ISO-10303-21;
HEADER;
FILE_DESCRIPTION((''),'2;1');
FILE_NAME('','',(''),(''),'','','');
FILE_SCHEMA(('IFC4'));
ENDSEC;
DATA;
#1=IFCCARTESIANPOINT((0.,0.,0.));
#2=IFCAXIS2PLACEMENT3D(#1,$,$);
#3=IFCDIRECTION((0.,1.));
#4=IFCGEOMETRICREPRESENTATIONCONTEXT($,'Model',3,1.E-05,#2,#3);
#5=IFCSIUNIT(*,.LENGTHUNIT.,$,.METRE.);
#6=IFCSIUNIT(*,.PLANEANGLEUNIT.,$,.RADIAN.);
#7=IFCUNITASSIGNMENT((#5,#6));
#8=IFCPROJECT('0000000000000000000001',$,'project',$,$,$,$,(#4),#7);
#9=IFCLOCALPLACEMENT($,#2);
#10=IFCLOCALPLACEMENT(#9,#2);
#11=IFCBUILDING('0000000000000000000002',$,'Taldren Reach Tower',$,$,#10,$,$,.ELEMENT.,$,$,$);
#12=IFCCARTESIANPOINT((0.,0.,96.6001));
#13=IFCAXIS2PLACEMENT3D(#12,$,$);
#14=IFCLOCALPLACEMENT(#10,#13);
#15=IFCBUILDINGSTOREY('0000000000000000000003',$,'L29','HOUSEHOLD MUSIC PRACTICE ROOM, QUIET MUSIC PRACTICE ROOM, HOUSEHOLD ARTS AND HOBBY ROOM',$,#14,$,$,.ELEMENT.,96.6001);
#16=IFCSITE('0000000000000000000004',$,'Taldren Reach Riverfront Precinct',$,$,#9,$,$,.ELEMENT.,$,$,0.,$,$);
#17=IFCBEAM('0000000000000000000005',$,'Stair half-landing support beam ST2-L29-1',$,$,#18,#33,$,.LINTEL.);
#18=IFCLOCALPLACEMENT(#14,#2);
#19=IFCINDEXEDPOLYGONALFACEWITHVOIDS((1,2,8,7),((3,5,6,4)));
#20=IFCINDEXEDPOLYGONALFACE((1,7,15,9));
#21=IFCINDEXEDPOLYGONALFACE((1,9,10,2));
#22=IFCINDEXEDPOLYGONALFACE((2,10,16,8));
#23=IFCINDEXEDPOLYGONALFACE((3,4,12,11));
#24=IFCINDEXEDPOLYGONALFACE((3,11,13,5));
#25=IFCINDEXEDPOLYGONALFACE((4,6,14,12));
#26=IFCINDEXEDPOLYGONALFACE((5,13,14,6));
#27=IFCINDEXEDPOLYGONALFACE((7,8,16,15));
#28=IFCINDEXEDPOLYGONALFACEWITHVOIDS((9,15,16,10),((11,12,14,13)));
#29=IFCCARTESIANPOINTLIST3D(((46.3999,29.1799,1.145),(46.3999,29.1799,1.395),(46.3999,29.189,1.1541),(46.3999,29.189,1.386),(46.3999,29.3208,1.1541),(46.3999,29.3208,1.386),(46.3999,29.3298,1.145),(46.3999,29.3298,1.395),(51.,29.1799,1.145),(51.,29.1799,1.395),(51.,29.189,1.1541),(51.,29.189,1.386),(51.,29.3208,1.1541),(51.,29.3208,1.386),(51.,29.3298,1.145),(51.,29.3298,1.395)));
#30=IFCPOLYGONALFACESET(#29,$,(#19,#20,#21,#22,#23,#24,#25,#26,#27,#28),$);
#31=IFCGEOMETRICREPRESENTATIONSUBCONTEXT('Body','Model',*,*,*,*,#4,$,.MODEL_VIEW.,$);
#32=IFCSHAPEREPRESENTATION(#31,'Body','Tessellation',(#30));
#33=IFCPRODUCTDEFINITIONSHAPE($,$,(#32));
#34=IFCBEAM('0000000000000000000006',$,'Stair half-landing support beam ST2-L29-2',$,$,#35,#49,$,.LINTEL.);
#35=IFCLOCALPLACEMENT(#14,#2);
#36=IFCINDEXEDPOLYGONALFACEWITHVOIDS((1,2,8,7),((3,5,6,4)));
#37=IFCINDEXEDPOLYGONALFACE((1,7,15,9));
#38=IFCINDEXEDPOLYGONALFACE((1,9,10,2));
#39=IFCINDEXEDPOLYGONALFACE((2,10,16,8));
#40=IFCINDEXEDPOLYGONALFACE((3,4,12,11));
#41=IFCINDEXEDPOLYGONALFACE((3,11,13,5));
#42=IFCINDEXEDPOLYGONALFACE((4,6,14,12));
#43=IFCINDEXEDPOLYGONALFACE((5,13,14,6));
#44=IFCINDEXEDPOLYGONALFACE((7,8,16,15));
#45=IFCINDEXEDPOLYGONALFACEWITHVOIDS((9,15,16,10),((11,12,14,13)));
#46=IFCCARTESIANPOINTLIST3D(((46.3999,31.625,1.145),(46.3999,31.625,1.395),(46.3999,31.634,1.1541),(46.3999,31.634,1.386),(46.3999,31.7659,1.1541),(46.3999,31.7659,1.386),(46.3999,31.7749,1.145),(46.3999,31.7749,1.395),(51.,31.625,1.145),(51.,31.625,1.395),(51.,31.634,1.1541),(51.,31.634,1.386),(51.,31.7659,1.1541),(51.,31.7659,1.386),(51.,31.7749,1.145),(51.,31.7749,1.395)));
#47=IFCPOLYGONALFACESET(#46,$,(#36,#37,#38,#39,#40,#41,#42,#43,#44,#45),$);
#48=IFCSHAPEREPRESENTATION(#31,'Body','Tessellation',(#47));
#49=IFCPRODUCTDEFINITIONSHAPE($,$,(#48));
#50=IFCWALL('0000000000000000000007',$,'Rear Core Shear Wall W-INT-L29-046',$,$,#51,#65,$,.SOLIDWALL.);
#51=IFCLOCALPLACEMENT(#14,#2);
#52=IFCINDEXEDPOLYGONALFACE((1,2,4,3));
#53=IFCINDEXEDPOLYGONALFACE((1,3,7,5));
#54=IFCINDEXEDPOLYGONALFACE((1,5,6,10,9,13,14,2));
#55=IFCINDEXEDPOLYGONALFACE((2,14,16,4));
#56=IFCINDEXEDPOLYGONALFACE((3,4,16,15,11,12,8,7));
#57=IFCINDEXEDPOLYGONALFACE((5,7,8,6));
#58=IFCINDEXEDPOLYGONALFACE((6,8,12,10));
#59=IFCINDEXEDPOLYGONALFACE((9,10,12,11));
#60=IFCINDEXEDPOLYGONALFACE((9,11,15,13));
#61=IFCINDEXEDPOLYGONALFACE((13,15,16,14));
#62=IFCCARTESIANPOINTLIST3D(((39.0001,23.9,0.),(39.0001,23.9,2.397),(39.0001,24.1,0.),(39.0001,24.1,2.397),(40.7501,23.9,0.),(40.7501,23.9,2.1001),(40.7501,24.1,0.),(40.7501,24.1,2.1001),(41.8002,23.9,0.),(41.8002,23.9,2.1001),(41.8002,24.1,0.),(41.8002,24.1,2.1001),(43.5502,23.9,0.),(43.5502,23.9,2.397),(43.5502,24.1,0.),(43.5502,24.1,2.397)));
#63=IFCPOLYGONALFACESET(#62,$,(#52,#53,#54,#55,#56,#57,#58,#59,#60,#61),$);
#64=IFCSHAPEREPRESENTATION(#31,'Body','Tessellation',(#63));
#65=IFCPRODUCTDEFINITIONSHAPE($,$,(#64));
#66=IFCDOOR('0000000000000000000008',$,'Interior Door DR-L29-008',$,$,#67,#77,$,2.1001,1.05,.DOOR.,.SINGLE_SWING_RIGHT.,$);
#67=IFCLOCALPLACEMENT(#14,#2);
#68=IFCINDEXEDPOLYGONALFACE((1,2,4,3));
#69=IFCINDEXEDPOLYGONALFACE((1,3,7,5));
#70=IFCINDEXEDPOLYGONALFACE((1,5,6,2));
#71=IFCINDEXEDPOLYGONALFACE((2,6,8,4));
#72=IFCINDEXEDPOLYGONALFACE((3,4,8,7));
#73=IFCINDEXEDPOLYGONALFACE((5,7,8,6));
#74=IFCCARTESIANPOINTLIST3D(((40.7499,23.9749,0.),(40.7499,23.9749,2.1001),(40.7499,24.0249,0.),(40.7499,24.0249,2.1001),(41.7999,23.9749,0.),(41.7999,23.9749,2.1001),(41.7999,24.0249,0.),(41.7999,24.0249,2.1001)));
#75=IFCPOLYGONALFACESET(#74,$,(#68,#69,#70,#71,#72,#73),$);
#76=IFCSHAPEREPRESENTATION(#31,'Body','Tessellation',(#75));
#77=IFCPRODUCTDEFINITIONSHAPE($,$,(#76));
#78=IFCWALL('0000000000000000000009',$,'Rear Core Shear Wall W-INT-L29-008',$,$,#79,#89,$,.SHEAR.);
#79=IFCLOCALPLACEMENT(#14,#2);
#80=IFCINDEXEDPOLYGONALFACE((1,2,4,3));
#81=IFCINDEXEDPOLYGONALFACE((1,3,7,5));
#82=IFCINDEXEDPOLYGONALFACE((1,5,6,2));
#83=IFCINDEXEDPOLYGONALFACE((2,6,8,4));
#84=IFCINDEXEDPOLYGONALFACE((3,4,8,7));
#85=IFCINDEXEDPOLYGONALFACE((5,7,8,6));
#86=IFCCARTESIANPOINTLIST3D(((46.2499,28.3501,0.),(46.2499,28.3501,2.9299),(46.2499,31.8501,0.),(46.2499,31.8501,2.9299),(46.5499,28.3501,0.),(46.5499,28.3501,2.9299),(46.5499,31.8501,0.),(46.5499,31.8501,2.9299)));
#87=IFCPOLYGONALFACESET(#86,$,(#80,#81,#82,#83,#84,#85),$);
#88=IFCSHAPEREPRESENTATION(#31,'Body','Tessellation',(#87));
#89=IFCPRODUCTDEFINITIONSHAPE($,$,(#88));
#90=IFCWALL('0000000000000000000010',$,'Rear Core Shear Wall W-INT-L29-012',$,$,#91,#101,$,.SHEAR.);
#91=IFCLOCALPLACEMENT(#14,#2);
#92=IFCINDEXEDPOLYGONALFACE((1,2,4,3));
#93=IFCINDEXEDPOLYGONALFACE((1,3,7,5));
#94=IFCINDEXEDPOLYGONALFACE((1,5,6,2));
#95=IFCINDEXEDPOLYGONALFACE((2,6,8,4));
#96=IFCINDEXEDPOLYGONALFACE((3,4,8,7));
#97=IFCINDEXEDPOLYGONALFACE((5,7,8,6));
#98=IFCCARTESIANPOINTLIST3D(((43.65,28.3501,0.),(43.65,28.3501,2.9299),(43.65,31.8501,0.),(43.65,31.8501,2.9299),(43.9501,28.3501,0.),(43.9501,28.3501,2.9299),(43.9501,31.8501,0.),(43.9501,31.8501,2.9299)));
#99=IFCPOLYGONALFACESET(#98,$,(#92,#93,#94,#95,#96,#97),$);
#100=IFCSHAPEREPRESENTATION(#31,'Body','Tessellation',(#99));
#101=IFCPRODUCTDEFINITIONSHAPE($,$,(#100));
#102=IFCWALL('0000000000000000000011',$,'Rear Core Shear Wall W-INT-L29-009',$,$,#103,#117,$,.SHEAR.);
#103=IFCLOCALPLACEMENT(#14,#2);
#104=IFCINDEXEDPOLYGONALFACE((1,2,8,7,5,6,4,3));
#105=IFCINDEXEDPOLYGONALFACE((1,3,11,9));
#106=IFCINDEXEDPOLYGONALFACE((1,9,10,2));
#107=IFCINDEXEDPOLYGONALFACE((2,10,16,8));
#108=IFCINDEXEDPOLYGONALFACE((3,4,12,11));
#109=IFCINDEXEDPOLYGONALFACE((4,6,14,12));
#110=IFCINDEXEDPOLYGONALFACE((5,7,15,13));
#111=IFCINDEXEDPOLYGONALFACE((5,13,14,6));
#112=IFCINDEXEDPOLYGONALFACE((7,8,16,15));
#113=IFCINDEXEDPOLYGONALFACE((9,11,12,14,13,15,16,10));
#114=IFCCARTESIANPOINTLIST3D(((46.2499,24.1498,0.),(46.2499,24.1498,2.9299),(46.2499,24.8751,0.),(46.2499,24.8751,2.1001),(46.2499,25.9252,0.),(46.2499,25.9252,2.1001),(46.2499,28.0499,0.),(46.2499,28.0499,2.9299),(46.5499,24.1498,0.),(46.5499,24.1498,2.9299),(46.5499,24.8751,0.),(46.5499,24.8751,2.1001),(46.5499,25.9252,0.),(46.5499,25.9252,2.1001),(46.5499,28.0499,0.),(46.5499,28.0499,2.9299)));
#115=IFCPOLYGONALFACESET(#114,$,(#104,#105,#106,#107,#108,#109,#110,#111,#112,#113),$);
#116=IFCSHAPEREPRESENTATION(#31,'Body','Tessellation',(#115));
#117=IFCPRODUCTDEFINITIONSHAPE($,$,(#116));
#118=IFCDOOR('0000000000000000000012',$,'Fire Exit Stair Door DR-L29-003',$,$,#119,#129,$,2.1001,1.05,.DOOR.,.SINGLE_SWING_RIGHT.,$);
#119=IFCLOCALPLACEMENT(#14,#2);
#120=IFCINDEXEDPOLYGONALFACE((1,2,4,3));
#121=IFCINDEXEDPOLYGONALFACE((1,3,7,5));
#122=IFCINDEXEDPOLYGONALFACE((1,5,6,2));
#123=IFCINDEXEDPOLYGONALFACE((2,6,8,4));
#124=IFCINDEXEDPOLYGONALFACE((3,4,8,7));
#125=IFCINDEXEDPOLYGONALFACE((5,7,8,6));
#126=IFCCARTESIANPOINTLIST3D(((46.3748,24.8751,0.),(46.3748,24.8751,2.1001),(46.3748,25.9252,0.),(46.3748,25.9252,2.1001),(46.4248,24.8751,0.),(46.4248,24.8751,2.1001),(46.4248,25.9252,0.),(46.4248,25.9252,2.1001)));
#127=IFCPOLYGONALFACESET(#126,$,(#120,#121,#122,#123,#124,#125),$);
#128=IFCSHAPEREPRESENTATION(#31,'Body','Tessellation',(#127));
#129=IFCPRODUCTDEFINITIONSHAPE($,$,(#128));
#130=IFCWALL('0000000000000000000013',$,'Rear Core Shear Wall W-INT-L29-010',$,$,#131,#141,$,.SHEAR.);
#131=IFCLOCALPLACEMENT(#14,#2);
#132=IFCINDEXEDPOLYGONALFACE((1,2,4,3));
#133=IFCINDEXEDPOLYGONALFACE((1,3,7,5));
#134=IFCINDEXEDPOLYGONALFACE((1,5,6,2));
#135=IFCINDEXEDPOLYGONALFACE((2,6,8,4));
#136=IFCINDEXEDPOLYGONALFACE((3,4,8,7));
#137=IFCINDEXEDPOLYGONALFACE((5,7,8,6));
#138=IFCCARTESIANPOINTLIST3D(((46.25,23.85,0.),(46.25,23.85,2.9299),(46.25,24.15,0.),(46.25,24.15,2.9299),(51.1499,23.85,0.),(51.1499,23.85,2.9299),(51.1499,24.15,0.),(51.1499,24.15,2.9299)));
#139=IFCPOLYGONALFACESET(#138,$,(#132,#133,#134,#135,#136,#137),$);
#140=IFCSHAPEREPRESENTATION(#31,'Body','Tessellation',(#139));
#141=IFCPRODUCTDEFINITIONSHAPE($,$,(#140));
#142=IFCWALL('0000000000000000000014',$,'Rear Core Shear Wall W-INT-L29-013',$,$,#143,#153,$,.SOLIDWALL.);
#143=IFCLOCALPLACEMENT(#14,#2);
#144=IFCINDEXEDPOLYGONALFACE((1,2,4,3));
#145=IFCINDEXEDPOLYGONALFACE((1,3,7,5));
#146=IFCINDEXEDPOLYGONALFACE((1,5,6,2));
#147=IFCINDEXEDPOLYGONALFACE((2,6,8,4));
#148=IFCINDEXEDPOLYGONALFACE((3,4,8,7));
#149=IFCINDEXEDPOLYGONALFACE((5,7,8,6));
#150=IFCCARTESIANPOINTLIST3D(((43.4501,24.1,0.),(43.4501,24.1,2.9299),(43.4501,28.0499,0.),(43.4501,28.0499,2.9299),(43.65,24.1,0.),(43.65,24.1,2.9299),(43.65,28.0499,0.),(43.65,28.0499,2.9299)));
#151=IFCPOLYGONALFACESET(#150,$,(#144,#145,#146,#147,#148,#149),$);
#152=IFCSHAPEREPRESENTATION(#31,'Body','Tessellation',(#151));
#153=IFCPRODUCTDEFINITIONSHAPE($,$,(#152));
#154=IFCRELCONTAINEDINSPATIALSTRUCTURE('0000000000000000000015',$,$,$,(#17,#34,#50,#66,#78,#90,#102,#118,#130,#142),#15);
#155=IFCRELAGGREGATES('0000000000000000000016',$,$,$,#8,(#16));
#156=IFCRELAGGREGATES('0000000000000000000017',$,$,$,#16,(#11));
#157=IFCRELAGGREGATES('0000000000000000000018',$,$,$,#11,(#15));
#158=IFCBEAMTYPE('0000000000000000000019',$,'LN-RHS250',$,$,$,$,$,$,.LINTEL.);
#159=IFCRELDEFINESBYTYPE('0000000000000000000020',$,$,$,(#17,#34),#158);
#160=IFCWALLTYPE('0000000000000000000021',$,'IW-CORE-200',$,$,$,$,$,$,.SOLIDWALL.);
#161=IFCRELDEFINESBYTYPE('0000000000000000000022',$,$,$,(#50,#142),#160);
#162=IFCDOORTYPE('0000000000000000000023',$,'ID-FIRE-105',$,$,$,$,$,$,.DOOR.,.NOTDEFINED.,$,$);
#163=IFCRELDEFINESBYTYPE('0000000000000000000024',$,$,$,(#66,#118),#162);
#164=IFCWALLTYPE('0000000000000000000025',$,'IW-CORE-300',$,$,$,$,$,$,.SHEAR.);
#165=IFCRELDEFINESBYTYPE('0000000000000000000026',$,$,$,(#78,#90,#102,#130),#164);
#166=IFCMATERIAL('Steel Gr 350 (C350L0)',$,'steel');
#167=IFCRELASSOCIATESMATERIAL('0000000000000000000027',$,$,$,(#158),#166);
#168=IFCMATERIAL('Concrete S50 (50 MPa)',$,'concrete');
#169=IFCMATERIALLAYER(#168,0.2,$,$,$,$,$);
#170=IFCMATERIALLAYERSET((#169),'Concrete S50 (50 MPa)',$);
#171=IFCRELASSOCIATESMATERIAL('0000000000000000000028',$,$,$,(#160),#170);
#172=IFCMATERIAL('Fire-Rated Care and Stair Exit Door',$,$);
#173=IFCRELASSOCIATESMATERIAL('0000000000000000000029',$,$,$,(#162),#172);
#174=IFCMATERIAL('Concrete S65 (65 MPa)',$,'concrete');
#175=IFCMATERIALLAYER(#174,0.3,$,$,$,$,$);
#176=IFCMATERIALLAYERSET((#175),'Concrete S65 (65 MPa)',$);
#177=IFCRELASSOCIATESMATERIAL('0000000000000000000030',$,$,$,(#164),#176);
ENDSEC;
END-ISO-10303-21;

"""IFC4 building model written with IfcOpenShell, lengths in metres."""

from ifc_helpers import new_model, si_unit, direction, frame, frame_2d, origin, origin_2d, place, context, subcontext, project, spatial, rectangle, hollow_rectangle, extrude, source, transform, mapped, material, layer, layer_set, material_profile, profile_set, type_object, element, fill, save


model = new_model("IFC4")

# Units and contexts
model_context = context("Model", 3, precision=1e-05, world=origin(), true_north=direction((0.0, 1.0)))
body_context = subcontext(model_context, "Body", "Model", "MODEL_VIEW")
ifc_project = project(units=[si_unit("LENGTHUNIT", "METRE"), si_unit("PLANEANGLEUNIT", "RADIAN")], contexts=[model_context])

# Site, building, storey
site_placement = place(None, origin())
site = spatial("IfcSite", under=ifc_project, at=site_placement, Name="Taldren Reach Riverfront Precinct", CompositionType="ELEMENT", RefElevation=0.0)
building_placement = place(site_placement, origin())
building = spatial("IfcBuilding", under=site, at=building_placement, Name="Taldren Reach Tower", CompositionType="ELEMENT")
storey_placement = place(building_placement, frame((0.0, 0.0, 96.6001)))
storey = spatial("IfcBuildingStorey", under=building, at=storey_placement, Name="L29", Description="HOUSEHOLD MUSIC PRACTICE ROOM, QUIET MUSIC PRACTICE ROOM, HOUSEHOLD ARTS AND HOBBY ROOM", CompositionType="ELEMENT", Elevation=96.6001)

# Beams
ifc_material_1 = material(Name="Steel Gr 350 (C350L0)", Category="steel")
ifc_material_profile = material_profile(ifc_material_1, hollow_rectangle(XDim=0.1499, YDim=0.25, WallThickness=0.009, at=origin_2d()), Name="250x150x9.0RHS")
ifc_profile_set = profile_set([ifc_material_profile], Name="Steel Gr 350 (C350L0)")
beam_type = type_object("IfcBeamType", Name="LN-RHS250", PredefinedType="LINTEL", material=ifc_profile_set)
shared_shape_1 = source(origin(), body_context, "Body", "SweptSolid", [
    extrude(hollow_rectangle(XDim=0.1499, YDim=0.25, WallThickness=0.009, at=origin_2d()), origin(), (0.0, 0.0, 1.0), 4.6001),
])
for number, where, z_axis, x_axis, name in (
    (1, (46.3999, 29.2549, 1.27), (1.0, 0.0, 0.0), (0.0, 1.0, 0.0), "Stair half-landing support beam ST2-L29-1"),
    (2, (46.3999, 31.7, 1.27), (1.0, 0.0, 0.0), (0.0, 1.0, 0.0), "Stair half-landing support beam ST2-L29-2"),
):
    element("IfcBeam", number, at=place(storey_placement, frame(where, z_axis=z_axis, x_axis=x_axis)), inside=storey, type_object=beam_type, Name=name, PredefinedType="LINTEL", context=body_context, shape_type="MappedRepresentation", body=[
        mapped(shared_shape_1, transform((0.0, 0.0, 0.0), scale=1.0)),
    ])

# Wall, opening, door
ifc_material_2 = material(Name="Concrete S50 (50 MPa)", Category="concrete")
ifc_layer_1 = layer(ifc_material_2, 0.2)
ifc_layer_set_1 = layer_set([ifc_layer_1], Name="Concrete S50 (50 MPa)")
wall_type_1 = type_object("IfcWallType", Name="IW-CORE-200", PredefinedType="SOLIDWALL", material=ifc_layer_set_1)
shared_shape_2 = source(origin(), body_context, "Body", "SweptSolid", [
    extrude(rectangle(XDim=4.55, YDim=0.2, at=frame_2d((2.2749, 0.0))), origin(), (0.0, 0.0, 1.0), 2.397),
])
wall_1_placement = place(storey_placement, frame((43.55, 24.0, 0.0), z_axis=(0.0, 0.0, 1.0), x_axis=(-1.0, 0.0, 0.0)))
wall_1 = element("IfcWall", 3, at=wall_1_placement, inside=storey, type_object=wall_type_1, Name="Rear Core Shear Wall W-INT-L29-046", PredefinedType="SOLIDWALL", context=body_context, shape_type="MappedRepresentation", body=[
    mapped(shared_shape_2, transform((0.0, 0.0, 0.0), scale=1.0)),
])
shared_shape_3 = source(origin(), body_context, "Body", "SweptSolid", [
    extrude(rectangle(XDim=1.05, YDim=2.1001, at=frame_2d((0.5249, 1.05))), frame((0.0, 0.1099, 0.0), z_axis=(0.0, -1.0, 0.0), x_axis=(1.0, 0.0, 0.0)), (0.0, 0.0, 1.0), 0.22),
])
opening_1_placement = place(wall_1_placement, frame((1.75, 0.0, 0.0)))
opening_1 = element("IfcOpeningElement", 4, at=opening_1_placement, cuts=wall_1, PredefinedType="OPENING", context=body_context, shape_type="MappedRepresentation", body=[
    mapped(shared_shape_3, transform((0.0, 0.0, 0.0), scale=1.0)),
])
ifc_material_3 = material(Name="Fire-Rated Care and Stair Exit Door")
door_type_1 = type_object("IfcDoorType", Name="ID-FIRE-105", OperationType="NOTDEFINED", PredefinedType="DOOR", material=ifc_material_3)
shared_shape_4 = source(origin(), body_context, "Body", "SweptSolid", [
    extrude(rectangle(XDim=1.05, YDim=2.1001, at=frame_2d((0.5249, 1.05))), frame((0.0, 0.0249, 0.0), z_axis=(0.0, -1.0, 0.0), x_axis=(1.0, 0.0, 0.0)), (0.0, 0.0, 1.0), 0.05),
])
door_1_placement = place(opening_1_placement, frame((1.05, 0.0, 0.0), z_axis=(0.0, 0.0, 1.0), x_axis=(-1.0, 0.0, 0.0)))
door_1 = element("IfcDoor", 5, at=door_1_placement, inside=storey, type_object=door_type_1, Name="Interior Door DR-L29-008", OperationType="SINGLE_SWING_RIGHT", OverallHeight=2.1001, OverallWidth=1.05, PredefinedType="DOOR", context=body_context, shape_type="MappedRepresentation", body=[
    mapped(shared_shape_4, transform((0.0, 0.0, 0.0), scale=1.0)),
])
fill(opening_1, door_1)

# Walls
ifc_material_4 = material(Name="Concrete S65 (65 MPa)", Category="concrete")
ifc_layer_2 = layer(ifc_material_4, 0.3)
ifc_layer_set_2 = layer_set([ifc_layer_2], Name="Concrete S65 (65 MPa)")
wall_type_2 = type_object("IfcWallType", Name="IW-CORE-300", PredefinedType="SHEAR", material=ifc_layer_set_2)
shared_shape_5 = source(origin(), body_context, "Body", "SweptSolid", [
    extrude(rectangle(XDim=3.5, YDim=0.3, at=frame_2d((1.75, 0.0))), origin(), (0.0, 0.0, 1.0), 2.9299),
])
for number, where, z_axis, x_axis, name in (
    (6, (46.3999, 31.8501, 0.0), (0.0, 0.0, 1.0), (0.0, -1.0, 0.0), "Rear Core Shear Wall W-INT-L29-008"),
    (7, (43.8, 31.8501, 0.0), (0.0, 0.0, 1.0), (0.0, -1.0, 0.0), "Rear Core Shear Wall W-INT-L29-012"),
):
    element("IfcWall", number, at=place(storey_placement, frame(where, z_axis=z_axis, x_axis=x_axis)), inside=storey, type_object=wall_type_2, Name=name, PredefinedType="SHEAR", context=body_context, shape_type="MappedRepresentation", body=[
        mapped(shared_shape_5, transform((0.0, 0.0, 0.0), scale=1.0)),
    ])

# Wall, opening, door
shared_shape_6 = source(origin(), body_context, "Body", "SweptSolid", [
    extrude(rectangle(XDim=3.9001, YDim=0.3, at=frame_2d((1.9502, 0.0))), origin(), (0.0, 0.0, 1.0), 2.9299),
])
wall_2_placement = place(storey_placement, frame((46.3999, 28.05, 0.0), z_axis=(0.0, 0.0, 1.0), x_axis=(0.0, -1.0, 0.0)))
wall_2 = element("IfcWall", 8, at=wall_2_placement, inside=storey, type_object=wall_type_2, Name="Rear Core Shear Wall W-INT-L29-009", PredefinedType="SHEAR", context=body_context, shape_type="MappedRepresentation", body=[
    mapped(shared_shape_6, transform((0.0, 0.0, 0.0), scale=1.0)),
])
shared_shape_7 = source(origin(), body_context, "Body", "SweptSolid", [
    extrude(rectangle(XDim=1.05, YDim=2.1001, at=frame_2d((0.5249, 1.05))), frame((0.0, 0.1602, 0.0), z_axis=(0.0, -1.0, 0.0), x_axis=(1.0, 0.0, 0.0)), (0.0, 0.0, 1.0), 0.3201),
])
opening_2_placement = place(wall_2_placement, frame((2.125, 0.0, 0.0)))
opening_2 = element("IfcOpeningElement", 9, at=opening_2_placement, cuts=wall_2, PredefinedType="OPENING", context=body_context, shape_type="MappedRepresentation", body=[
    mapped(shared_shape_7, transform((0.0, 0.0, 0.0), scale=1.0)),
])
door_2_placement = place(opening_2_placement, origin())
door_2 = element("IfcDoor", 10, at=door_2_placement, inside=storey, type_object=door_type_1, Name="Fire Exit Stair Door DR-L29-003", OperationType="SINGLE_SWING_RIGHT", OverallHeight=2.1001, OverallWidth=1.05, PredefinedType="DOOR", context=body_context, shape_type="MappedRepresentation", body=[
    mapped(shared_shape_4, transform((0.0, 0.0, 0.0), scale=1.0)),
])
fill(opening_2, door_2)

# Wall
shared_shape_8 = source(origin(), body_context, "Body", "SweptSolid", [
    extrude(rectangle(XDim=4.8999, YDim=0.3, at=frame_2d((2.45, 0.0))), origin(), (0.0, 0.0, 1.0), 2.9299),
])
wall_3_placement = place(storey_placement, frame((46.25, 24.0, 0.0), z_axis=(0.0, 0.0, 1.0), x_axis=(1.0, 0.0, 0.0)))
element("IfcWall", 11, at=wall_3_placement, inside=storey, type_object=wall_type_2, Name="Rear Core Shear Wall W-INT-L29-010", PredefinedType="SHEAR", context=body_context, shape_type="MappedRepresentation", body=[
    mapped(shared_shape_8, transform((0.0, 0.0, 0.0), scale=1.0)),
])

# Wall
shared_shape_9 = source(origin(), body_context, "Body", "SweptSolid", [
    extrude(rectangle(XDim=3.95, YDim=0.2, at=frame_2d((1.9751, 0.0))), origin(), (0.0, 0.0, 1.0), 2.9299),
])
wall_4_placement = place(storey_placement, frame((43.55, 28.05, 0.0), z_axis=(0.0, 0.0, 1.0), x_axis=(0.0, -1.0, 0.0)))
element("IfcWall", 12, at=wall_4_placement, inside=storey, type_object=wall_type_1, Name="Rear Core Shear Wall W-INT-L29-013", PredefinedType="SOLIDWALL", context=body_context, shape_type="MappedRepresentation", body=[
    mapped(shared_shape_9, transform((0.0, 0.0, 0.0), scale=1.0)),
])

save(model, "model.ifc")
